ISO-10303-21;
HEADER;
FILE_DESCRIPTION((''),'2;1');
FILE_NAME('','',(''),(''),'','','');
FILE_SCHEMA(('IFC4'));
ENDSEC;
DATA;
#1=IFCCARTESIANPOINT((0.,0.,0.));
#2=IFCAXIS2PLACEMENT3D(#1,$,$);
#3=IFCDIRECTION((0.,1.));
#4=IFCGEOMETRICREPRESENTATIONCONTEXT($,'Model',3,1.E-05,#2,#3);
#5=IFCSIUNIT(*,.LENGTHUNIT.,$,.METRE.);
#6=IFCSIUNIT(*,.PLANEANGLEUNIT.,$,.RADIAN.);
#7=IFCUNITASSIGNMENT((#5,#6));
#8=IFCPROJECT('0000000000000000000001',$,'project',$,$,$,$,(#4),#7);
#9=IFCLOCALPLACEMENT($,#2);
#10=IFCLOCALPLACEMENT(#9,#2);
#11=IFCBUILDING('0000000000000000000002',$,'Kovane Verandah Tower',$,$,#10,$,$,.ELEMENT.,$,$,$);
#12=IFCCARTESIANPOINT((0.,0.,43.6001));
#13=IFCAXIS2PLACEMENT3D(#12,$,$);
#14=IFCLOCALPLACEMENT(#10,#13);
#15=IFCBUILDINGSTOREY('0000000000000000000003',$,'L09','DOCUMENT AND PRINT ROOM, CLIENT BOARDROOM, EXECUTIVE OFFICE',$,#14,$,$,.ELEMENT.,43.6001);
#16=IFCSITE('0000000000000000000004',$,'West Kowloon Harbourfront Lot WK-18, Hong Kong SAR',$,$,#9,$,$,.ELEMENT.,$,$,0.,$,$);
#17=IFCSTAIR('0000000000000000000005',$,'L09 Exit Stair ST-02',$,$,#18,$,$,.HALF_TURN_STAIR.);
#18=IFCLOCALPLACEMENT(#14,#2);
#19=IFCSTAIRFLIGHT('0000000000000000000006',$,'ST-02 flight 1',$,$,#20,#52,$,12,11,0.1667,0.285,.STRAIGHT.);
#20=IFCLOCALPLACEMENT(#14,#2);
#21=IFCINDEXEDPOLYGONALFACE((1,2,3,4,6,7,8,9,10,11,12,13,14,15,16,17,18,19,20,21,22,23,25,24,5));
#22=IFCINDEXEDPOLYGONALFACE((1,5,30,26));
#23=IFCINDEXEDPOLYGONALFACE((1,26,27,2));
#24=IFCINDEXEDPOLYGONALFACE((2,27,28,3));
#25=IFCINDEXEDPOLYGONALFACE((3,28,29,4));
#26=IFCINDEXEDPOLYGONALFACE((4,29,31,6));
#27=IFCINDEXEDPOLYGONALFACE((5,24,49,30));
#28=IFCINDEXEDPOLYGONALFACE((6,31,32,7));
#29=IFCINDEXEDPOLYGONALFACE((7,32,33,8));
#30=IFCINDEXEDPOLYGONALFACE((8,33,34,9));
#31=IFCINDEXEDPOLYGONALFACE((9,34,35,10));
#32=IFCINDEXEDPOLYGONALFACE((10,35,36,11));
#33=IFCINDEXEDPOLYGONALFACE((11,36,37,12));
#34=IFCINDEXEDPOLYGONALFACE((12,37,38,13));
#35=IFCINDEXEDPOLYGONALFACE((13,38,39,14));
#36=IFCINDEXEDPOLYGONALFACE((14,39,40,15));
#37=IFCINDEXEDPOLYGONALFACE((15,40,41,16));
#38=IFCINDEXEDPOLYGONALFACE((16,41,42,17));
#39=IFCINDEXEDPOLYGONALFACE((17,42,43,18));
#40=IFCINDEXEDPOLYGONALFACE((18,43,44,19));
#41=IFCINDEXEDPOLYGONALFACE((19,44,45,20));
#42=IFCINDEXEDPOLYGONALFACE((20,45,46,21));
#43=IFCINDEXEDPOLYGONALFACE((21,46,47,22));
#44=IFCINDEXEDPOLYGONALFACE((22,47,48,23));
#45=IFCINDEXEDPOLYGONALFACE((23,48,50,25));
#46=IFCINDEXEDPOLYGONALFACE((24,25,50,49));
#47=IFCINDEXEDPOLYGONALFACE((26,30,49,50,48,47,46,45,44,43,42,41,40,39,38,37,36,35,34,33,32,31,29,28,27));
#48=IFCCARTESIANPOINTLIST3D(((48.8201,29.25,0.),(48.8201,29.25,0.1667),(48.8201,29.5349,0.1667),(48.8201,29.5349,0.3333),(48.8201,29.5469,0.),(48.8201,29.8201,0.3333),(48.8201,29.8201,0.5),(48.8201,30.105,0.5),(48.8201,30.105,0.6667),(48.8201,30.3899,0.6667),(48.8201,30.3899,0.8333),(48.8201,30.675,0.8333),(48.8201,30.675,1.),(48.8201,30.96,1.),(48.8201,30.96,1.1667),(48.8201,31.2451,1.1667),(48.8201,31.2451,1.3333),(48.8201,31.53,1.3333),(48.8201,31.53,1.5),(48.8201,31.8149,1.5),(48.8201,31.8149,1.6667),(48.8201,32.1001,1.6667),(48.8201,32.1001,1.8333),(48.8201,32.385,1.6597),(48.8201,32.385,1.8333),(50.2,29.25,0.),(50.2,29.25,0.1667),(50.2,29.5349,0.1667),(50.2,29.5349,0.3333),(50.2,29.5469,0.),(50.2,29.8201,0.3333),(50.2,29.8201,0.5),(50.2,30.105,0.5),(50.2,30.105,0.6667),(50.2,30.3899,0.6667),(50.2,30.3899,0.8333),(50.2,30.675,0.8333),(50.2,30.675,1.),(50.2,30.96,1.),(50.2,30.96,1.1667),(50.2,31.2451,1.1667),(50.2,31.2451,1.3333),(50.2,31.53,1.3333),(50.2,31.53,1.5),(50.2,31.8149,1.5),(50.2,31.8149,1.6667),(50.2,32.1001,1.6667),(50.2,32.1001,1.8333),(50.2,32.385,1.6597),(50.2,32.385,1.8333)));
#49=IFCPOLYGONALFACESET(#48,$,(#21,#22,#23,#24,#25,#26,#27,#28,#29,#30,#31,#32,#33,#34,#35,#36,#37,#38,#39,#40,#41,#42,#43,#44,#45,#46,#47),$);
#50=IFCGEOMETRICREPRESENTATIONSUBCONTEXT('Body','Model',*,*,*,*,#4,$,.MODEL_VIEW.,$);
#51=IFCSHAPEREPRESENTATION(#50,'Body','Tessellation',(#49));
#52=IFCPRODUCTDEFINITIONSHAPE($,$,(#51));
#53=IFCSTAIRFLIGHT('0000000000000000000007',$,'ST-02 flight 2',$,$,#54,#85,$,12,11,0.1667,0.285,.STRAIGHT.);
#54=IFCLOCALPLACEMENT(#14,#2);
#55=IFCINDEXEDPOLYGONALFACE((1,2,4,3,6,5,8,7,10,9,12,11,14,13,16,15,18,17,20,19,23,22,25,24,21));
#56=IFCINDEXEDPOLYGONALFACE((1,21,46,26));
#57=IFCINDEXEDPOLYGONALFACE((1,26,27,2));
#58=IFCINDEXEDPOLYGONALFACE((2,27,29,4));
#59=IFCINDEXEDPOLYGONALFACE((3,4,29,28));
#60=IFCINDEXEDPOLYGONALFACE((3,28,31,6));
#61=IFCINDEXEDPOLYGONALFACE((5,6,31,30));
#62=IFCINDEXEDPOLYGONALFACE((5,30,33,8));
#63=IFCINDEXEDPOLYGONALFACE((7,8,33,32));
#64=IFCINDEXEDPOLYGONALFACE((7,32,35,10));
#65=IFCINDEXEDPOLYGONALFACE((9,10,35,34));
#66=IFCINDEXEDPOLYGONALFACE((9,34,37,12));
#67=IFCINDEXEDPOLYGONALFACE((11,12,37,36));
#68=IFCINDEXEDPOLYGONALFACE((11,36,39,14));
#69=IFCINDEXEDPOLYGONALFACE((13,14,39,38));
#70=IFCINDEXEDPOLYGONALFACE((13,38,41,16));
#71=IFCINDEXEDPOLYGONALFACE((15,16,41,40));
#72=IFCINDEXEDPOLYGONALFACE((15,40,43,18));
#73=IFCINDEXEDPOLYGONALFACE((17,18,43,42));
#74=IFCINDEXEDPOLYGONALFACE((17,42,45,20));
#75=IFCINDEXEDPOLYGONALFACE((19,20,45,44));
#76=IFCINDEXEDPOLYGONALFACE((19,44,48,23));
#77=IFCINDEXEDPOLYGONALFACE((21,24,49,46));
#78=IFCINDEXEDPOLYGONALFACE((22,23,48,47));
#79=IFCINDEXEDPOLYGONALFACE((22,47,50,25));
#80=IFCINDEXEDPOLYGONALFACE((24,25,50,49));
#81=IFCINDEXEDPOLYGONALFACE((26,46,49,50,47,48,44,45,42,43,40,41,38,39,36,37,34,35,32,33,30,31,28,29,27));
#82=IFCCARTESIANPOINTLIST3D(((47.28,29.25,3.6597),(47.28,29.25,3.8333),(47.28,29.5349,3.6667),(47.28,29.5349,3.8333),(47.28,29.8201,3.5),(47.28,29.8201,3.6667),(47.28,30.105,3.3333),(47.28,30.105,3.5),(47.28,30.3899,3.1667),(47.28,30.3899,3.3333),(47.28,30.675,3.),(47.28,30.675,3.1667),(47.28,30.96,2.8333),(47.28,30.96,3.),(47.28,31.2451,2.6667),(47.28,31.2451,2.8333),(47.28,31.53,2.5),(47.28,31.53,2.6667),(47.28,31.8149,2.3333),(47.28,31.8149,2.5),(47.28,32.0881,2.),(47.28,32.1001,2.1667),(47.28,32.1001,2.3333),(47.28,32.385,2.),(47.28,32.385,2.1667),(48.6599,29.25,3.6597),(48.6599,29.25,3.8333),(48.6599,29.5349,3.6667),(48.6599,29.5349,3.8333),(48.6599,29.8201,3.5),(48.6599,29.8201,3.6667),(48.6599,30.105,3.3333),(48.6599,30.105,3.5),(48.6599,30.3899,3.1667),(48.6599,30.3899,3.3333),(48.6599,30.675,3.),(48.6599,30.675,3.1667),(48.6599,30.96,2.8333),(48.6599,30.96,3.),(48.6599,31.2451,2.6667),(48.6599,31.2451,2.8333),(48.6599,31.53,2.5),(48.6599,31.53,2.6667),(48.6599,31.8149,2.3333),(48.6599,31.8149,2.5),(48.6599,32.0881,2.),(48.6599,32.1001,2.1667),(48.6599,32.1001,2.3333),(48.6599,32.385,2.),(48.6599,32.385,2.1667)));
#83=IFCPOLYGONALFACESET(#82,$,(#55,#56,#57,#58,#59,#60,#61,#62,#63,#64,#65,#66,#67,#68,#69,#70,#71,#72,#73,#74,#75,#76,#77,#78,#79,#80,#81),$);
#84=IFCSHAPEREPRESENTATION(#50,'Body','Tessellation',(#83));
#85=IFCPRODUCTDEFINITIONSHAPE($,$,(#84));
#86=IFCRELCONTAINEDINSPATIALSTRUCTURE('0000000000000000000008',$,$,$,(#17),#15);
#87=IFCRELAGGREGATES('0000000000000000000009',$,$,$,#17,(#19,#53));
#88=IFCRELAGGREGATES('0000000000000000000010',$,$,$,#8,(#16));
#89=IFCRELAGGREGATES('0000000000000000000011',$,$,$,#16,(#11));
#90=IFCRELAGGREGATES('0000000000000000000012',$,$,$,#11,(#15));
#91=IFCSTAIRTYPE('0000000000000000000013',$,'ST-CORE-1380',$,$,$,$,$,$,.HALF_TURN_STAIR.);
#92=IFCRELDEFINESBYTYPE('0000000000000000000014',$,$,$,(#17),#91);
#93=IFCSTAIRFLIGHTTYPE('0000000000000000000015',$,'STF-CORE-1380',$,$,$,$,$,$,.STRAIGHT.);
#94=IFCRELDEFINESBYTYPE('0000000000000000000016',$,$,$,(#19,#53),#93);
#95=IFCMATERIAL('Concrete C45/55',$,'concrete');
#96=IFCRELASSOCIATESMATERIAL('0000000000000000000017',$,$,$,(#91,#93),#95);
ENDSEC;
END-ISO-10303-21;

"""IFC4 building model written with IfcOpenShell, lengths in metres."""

from ifc_helpers import new_model, si_unit, direction, frame, origin, place, context, subcontext, project, spatial, polyline, outline, extrude, material, type_object, element, aggregate, save


model = new_model("IFC4")

# Units and contexts
model_context = context("Model", 3, precision=1e-05, world=origin(), true_north=direction((0.0, 1.0)))
body_context = subcontext(model_context, "Body", "Model", "MODEL_VIEW")
ifc_project = project(units=[si_unit("LENGTHUNIT", "METRE"), si_unit("PLANEANGLEUNIT", "RADIAN")], contexts=[model_context])

# Site, building, storey
site_placement = place(None, origin())
site = spatial("IfcSite", under=ifc_project, at=site_placement, Name="West Kowloon Harbourfront Lot WK-18, Hong Kong SAR", CompositionType="ELEMENT", RefElevation=0.0)
building_placement = place(site_placement, origin())
building = spatial("IfcBuilding", under=site, at=building_placement, Name="Kovane Verandah Tower", CompositionType="ELEMENT")
storey_placement = place(building_placement, frame((0.0, 0.0, 43.6001)))
storey = spatial("IfcBuildingStorey", under=building, at=storey_placement, Name="L09", Description="DOCUMENT AND PRINT ROOM, CLIENT BOARDROOM, EXECUTIVE OFFICE", CompositionType="ELEMENT", Elevation=43.6001)

# Shared definitions
ifc_material_1 = material(Name="Concrete C45/55", Category="concrete")

# Stair, stair flights
stair_type = type_object("IfcStairType", Name="ST-CORE-1380", PredefinedType="HALF_TURN_STAIR", material=ifc_material_1)
stair_placement = place(storey_placement, origin())
stair = element("IfcStair", 1, at=stair_placement, inside=storey, type_object=stair_type, Name="L09 Exit Stair ST-02", PredefinedType="HALF_TURN_STAIR")
stair_flight_type = type_object("IfcStairFlightType", Name="STF-CORE-1380", PredefinedType="STRAIGHT", material=ifc_material_1)
stair_flight_1_placement = place(storey_placement, frame((49.51, 29.25, 0.0), z_axis=(0.0, 0.0, 1.0), x_axis=(0.0, 1.0, 0.0)))
stair_flight_1 = element("IfcStairFlight", 2, at=stair_flight_1_placement, type_object=stair_flight_type, Name="ST-02 flight 1", NumberOfRisers=12, NumberOfTreads=11, PredefinedType="STRAIGHT", RiserHeight=0.1667, TreadLength=0.285, context=body_context, shape_type="SweptSolid", body=[
    extrude(outline(polyline([(0.0, 0.0), (0.0, 0.1667), (0.2849, 0.1667), (0.2849, 0.3333), (0.5701, 0.3333), (0.5701, 0.5), (0.855, 0.5), (0.855, 0.6667), (1.1399, 0.6667), (1.1399, 0.8333), (1.425, 0.8333), (1.425, 1.0), (1.71, 1.0), (1.71, 1.1667), (1.9951, 1.1667), (1.9951, 1.3333), (2.28, 1.3333), (2.28, 1.5), (2.5649, 1.5), (2.5649, 1.6667), (2.8501, 1.6667), (2.8501, 1.8333), (3.135, 1.8333), (3.135, 2.0), (3.135, 1.6597), (0.2969, 0.0), (0.0, 0.0)])), frame((0.0, 0.6899, 0.0), z_axis=(0.0, -1.0, 0.0), x_axis=(1.0, 0.0, 0.0)), (0.0, 0.0, 1.0), 1.3799),
])
stair_flight_2_placement = place(storey_placement, frame((47.97, 32.385, 2.0), z_axis=(0.0, 0.0, 1.0), x_axis=(0.0, -1.0, 0.0)))
stair_flight_2 = element("IfcStairFlight", 3, at=stair_flight_2_placement, type_object=stair_flight_type, Name="ST-02 flight 2", NumberOfRisers=12, NumberOfTreads=11, PredefinedType="STRAIGHT", RiserHeight=0.1667, TreadLength=0.285, context=body_context, shape_type="SweptSolid", body=[
    extrude(outline(polyline([(0.0, 0.0), (0.0, 0.1667), (0.2849, 0.1667), (0.2849, 0.3333), (0.5701, 0.3333), (0.5701, 0.5), (0.855, 0.5), (0.855, 0.6667), (1.1399, 0.6667), (1.1399, 0.8333), (1.425, 0.8333), (1.425, 1.0), (1.71, 1.0), (1.71, 1.1667), (1.9951, 1.1667), (1.9951, 1.3333), (2.28, 1.3333), (2.28, 1.5), (2.5649, 1.5), (2.5649, 1.6667), (2.8501, 1.6667), (2.8501, 1.8333), (3.135, 1.8333), (3.135, 2.0), (3.135, 1.6597), (0.2969, 0.0), (0.0, 0.0)])), frame((0.0, 0.6899, 0.0), z_axis=(0.0, -1.0, 0.0), x_axis=(1.0, 0.0, 0.0)), (0.0, 0.0, 1.0), 1.3799),
])
aggregate(stair, [stair_flight_1, stair_flight_2])

save(model, "model.ifc")
